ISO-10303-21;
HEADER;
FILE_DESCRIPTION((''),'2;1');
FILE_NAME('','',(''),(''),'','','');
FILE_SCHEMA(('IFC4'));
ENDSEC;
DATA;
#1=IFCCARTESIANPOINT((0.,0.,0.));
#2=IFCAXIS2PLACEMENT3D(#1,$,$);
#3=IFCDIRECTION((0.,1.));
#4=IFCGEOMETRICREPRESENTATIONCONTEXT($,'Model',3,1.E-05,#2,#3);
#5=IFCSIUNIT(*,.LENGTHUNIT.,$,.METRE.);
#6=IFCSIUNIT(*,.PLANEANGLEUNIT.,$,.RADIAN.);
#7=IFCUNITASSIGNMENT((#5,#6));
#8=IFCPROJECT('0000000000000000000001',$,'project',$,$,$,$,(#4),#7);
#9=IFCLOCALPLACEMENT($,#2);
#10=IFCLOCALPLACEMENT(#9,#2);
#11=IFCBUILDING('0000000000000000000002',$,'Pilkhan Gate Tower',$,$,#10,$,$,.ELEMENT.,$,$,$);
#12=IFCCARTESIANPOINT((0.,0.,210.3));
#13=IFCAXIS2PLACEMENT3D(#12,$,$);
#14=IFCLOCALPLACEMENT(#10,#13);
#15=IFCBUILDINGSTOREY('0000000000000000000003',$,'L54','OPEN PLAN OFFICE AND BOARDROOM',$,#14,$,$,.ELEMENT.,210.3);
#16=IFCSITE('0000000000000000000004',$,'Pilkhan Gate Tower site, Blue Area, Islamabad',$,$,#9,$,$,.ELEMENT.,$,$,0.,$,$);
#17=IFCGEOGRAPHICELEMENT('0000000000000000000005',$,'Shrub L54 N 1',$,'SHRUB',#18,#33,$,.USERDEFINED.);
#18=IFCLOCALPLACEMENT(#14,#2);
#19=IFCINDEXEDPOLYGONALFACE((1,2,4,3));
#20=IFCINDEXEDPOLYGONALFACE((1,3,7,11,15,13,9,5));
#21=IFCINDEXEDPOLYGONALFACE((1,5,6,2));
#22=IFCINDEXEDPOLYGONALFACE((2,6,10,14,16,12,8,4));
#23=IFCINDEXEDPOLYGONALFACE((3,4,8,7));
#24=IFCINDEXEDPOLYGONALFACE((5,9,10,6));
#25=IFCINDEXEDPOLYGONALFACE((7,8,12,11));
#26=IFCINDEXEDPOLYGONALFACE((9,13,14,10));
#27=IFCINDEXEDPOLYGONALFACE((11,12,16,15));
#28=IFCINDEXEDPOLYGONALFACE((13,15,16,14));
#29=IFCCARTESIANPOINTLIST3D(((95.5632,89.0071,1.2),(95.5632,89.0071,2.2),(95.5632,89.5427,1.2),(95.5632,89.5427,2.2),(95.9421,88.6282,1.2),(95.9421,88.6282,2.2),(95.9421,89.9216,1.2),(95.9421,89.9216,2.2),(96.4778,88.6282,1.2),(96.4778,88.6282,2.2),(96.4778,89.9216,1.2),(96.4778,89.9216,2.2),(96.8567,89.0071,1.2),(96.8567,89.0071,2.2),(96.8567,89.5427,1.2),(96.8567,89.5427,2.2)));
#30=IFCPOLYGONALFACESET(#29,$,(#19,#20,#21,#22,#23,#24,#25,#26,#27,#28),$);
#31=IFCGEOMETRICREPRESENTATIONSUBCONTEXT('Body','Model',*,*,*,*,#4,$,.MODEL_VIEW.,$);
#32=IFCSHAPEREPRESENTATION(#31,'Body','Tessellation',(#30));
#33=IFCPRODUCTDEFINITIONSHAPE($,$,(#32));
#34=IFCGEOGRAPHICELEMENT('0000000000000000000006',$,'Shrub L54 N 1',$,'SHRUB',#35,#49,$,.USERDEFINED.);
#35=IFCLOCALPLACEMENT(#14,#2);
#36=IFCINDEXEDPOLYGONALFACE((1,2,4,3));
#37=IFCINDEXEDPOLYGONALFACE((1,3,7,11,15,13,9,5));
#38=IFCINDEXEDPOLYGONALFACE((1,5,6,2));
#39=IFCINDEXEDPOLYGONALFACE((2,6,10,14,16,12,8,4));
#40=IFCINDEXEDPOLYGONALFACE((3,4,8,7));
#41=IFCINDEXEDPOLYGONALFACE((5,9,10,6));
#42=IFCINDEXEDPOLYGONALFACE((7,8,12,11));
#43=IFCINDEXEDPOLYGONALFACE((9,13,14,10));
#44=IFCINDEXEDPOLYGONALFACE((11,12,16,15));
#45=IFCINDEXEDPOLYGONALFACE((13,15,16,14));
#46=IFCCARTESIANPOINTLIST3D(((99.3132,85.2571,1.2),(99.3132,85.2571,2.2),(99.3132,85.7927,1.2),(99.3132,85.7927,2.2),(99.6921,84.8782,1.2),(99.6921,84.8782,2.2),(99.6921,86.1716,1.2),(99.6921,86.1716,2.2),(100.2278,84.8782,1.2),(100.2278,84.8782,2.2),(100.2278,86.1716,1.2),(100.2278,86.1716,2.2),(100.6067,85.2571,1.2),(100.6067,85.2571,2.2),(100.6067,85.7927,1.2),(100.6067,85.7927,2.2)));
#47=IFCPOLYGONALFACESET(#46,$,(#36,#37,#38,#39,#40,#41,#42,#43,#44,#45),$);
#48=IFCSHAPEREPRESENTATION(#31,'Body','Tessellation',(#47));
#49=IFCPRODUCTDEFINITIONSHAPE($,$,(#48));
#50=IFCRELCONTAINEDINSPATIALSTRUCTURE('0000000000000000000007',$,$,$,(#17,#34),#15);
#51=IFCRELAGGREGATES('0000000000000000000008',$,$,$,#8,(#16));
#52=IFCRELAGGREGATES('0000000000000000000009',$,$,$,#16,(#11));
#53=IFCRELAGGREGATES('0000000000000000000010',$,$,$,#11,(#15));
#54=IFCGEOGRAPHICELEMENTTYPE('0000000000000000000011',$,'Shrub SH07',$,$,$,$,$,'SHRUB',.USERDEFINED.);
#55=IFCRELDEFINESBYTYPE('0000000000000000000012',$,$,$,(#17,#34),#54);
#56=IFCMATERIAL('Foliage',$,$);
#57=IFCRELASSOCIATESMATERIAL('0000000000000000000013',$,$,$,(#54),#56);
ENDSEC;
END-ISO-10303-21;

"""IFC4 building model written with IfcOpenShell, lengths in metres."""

from ifc_helpers import new_model, si_unit, direction, frame, origin, place, context, subcontext, project, spatial, polyline, outline, extrude, material, material_profile, profile_set, type_object, element, save


model = new_model("IFC4")

# Units and contexts
model_context = context("Model", 3, precision=1e-05, world=origin(), true_north=direction((0.0, 1.0)))
body_context = subcontext(model_context, "Body", "Model", "MODEL_VIEW")
ifc_project = project(units=[si_unit("LENGTHUNIT", "METRE"), si_unit("PLANEANGLEUNIT", "RADIAN")], contexts=[model_context])

# Site, building, storey
site_placement = place(None, origin())
site = spatial("IfcSite", under=ifc_project, at=site_placement, Name="Pilkhan Gate Tower site, Blue Area, Islamabad", CompositionType="ELEMENT", RefElevation=0.0)
building_placement = place(site_placement, origin())
building = spatial("IfcBuilding", under=site, at=building_placement, Name="Pilkhan Gate Tower", CompositionType="ELEMENT")
storey_placement = place(building_placement, frame((0.0, 0.0, 210.3)))
storey = spatial("IfcBuildingStorey", under=building, at=storey_placement, Name="L54", Description="OPEN PLAN OFFICE AND BOARDROOM", CompositionType="ELEMENT", Elevation=210.3)

# Geographic elements
ifc_material_1 = material(Name="Foliage")
ifc_material_profile_1 = material_profile(ifc_material_1, outline(polyline([(0.6467, 0.2678), (0.2678, 0.6467), (-0.2678, 0.6467), (-0.6467, 0.2678), (-0.6467, -0.2678), (-0.2678, -0.6467), (0.2678, -0.6467), (0.6467, -0.2678), (0.6467, 0.2678)])), Name="Shrub D1.4")
ifc_profile_set_1 = profile_set([ifc_material_profile_1], Name="Foliage")
geographic_element_type_1 = type_object("IfcGeographicElementType", Name="Shrub SH07", ElementType="SHRUB", PredefinedType="USERDEFINED", material=ifc_profile_set_1)
for number, where, z_axis, x_axis, name in (
    (1, (96.21, 89.2749, 1.2), (0.0, 0.0, 1.0), (1.0, 0.0, 0.0), "Shrub L54 N 1"),
    (2, (99.96, 85.5249, 1.2), (0.0, 0.0, 1.0), (1.0, 0.0, 0.0), "Shrub L54 N 1"),
):
    element("IfcGeographicElement", number, at=place(storey_placement, frame(where, z_axis=z_axis, x_axis=x_axis)), inside=storey, type_object=geographic_element_type_1, Name=name, ObjectType="SHRUB", PredefinedType="USERDEFINED", context=body_context, shape_type="SweptSolid", body=[
        extrude(outline(polyline([(0.6467, 0.2678), (0.2678, 0.6467), (-0.2678, 0.6467), (-0.6467, 0.2678), (-0.6467, -0.2678), (-0.2678, -0.6467), (0.2678, -0.6467), (0.6467, -0.2678), (0.6467, 0.2678)])), origin(), (0.0, 0.0, 1.0), 1.0),
    ])

save(model, "model.ifc")
